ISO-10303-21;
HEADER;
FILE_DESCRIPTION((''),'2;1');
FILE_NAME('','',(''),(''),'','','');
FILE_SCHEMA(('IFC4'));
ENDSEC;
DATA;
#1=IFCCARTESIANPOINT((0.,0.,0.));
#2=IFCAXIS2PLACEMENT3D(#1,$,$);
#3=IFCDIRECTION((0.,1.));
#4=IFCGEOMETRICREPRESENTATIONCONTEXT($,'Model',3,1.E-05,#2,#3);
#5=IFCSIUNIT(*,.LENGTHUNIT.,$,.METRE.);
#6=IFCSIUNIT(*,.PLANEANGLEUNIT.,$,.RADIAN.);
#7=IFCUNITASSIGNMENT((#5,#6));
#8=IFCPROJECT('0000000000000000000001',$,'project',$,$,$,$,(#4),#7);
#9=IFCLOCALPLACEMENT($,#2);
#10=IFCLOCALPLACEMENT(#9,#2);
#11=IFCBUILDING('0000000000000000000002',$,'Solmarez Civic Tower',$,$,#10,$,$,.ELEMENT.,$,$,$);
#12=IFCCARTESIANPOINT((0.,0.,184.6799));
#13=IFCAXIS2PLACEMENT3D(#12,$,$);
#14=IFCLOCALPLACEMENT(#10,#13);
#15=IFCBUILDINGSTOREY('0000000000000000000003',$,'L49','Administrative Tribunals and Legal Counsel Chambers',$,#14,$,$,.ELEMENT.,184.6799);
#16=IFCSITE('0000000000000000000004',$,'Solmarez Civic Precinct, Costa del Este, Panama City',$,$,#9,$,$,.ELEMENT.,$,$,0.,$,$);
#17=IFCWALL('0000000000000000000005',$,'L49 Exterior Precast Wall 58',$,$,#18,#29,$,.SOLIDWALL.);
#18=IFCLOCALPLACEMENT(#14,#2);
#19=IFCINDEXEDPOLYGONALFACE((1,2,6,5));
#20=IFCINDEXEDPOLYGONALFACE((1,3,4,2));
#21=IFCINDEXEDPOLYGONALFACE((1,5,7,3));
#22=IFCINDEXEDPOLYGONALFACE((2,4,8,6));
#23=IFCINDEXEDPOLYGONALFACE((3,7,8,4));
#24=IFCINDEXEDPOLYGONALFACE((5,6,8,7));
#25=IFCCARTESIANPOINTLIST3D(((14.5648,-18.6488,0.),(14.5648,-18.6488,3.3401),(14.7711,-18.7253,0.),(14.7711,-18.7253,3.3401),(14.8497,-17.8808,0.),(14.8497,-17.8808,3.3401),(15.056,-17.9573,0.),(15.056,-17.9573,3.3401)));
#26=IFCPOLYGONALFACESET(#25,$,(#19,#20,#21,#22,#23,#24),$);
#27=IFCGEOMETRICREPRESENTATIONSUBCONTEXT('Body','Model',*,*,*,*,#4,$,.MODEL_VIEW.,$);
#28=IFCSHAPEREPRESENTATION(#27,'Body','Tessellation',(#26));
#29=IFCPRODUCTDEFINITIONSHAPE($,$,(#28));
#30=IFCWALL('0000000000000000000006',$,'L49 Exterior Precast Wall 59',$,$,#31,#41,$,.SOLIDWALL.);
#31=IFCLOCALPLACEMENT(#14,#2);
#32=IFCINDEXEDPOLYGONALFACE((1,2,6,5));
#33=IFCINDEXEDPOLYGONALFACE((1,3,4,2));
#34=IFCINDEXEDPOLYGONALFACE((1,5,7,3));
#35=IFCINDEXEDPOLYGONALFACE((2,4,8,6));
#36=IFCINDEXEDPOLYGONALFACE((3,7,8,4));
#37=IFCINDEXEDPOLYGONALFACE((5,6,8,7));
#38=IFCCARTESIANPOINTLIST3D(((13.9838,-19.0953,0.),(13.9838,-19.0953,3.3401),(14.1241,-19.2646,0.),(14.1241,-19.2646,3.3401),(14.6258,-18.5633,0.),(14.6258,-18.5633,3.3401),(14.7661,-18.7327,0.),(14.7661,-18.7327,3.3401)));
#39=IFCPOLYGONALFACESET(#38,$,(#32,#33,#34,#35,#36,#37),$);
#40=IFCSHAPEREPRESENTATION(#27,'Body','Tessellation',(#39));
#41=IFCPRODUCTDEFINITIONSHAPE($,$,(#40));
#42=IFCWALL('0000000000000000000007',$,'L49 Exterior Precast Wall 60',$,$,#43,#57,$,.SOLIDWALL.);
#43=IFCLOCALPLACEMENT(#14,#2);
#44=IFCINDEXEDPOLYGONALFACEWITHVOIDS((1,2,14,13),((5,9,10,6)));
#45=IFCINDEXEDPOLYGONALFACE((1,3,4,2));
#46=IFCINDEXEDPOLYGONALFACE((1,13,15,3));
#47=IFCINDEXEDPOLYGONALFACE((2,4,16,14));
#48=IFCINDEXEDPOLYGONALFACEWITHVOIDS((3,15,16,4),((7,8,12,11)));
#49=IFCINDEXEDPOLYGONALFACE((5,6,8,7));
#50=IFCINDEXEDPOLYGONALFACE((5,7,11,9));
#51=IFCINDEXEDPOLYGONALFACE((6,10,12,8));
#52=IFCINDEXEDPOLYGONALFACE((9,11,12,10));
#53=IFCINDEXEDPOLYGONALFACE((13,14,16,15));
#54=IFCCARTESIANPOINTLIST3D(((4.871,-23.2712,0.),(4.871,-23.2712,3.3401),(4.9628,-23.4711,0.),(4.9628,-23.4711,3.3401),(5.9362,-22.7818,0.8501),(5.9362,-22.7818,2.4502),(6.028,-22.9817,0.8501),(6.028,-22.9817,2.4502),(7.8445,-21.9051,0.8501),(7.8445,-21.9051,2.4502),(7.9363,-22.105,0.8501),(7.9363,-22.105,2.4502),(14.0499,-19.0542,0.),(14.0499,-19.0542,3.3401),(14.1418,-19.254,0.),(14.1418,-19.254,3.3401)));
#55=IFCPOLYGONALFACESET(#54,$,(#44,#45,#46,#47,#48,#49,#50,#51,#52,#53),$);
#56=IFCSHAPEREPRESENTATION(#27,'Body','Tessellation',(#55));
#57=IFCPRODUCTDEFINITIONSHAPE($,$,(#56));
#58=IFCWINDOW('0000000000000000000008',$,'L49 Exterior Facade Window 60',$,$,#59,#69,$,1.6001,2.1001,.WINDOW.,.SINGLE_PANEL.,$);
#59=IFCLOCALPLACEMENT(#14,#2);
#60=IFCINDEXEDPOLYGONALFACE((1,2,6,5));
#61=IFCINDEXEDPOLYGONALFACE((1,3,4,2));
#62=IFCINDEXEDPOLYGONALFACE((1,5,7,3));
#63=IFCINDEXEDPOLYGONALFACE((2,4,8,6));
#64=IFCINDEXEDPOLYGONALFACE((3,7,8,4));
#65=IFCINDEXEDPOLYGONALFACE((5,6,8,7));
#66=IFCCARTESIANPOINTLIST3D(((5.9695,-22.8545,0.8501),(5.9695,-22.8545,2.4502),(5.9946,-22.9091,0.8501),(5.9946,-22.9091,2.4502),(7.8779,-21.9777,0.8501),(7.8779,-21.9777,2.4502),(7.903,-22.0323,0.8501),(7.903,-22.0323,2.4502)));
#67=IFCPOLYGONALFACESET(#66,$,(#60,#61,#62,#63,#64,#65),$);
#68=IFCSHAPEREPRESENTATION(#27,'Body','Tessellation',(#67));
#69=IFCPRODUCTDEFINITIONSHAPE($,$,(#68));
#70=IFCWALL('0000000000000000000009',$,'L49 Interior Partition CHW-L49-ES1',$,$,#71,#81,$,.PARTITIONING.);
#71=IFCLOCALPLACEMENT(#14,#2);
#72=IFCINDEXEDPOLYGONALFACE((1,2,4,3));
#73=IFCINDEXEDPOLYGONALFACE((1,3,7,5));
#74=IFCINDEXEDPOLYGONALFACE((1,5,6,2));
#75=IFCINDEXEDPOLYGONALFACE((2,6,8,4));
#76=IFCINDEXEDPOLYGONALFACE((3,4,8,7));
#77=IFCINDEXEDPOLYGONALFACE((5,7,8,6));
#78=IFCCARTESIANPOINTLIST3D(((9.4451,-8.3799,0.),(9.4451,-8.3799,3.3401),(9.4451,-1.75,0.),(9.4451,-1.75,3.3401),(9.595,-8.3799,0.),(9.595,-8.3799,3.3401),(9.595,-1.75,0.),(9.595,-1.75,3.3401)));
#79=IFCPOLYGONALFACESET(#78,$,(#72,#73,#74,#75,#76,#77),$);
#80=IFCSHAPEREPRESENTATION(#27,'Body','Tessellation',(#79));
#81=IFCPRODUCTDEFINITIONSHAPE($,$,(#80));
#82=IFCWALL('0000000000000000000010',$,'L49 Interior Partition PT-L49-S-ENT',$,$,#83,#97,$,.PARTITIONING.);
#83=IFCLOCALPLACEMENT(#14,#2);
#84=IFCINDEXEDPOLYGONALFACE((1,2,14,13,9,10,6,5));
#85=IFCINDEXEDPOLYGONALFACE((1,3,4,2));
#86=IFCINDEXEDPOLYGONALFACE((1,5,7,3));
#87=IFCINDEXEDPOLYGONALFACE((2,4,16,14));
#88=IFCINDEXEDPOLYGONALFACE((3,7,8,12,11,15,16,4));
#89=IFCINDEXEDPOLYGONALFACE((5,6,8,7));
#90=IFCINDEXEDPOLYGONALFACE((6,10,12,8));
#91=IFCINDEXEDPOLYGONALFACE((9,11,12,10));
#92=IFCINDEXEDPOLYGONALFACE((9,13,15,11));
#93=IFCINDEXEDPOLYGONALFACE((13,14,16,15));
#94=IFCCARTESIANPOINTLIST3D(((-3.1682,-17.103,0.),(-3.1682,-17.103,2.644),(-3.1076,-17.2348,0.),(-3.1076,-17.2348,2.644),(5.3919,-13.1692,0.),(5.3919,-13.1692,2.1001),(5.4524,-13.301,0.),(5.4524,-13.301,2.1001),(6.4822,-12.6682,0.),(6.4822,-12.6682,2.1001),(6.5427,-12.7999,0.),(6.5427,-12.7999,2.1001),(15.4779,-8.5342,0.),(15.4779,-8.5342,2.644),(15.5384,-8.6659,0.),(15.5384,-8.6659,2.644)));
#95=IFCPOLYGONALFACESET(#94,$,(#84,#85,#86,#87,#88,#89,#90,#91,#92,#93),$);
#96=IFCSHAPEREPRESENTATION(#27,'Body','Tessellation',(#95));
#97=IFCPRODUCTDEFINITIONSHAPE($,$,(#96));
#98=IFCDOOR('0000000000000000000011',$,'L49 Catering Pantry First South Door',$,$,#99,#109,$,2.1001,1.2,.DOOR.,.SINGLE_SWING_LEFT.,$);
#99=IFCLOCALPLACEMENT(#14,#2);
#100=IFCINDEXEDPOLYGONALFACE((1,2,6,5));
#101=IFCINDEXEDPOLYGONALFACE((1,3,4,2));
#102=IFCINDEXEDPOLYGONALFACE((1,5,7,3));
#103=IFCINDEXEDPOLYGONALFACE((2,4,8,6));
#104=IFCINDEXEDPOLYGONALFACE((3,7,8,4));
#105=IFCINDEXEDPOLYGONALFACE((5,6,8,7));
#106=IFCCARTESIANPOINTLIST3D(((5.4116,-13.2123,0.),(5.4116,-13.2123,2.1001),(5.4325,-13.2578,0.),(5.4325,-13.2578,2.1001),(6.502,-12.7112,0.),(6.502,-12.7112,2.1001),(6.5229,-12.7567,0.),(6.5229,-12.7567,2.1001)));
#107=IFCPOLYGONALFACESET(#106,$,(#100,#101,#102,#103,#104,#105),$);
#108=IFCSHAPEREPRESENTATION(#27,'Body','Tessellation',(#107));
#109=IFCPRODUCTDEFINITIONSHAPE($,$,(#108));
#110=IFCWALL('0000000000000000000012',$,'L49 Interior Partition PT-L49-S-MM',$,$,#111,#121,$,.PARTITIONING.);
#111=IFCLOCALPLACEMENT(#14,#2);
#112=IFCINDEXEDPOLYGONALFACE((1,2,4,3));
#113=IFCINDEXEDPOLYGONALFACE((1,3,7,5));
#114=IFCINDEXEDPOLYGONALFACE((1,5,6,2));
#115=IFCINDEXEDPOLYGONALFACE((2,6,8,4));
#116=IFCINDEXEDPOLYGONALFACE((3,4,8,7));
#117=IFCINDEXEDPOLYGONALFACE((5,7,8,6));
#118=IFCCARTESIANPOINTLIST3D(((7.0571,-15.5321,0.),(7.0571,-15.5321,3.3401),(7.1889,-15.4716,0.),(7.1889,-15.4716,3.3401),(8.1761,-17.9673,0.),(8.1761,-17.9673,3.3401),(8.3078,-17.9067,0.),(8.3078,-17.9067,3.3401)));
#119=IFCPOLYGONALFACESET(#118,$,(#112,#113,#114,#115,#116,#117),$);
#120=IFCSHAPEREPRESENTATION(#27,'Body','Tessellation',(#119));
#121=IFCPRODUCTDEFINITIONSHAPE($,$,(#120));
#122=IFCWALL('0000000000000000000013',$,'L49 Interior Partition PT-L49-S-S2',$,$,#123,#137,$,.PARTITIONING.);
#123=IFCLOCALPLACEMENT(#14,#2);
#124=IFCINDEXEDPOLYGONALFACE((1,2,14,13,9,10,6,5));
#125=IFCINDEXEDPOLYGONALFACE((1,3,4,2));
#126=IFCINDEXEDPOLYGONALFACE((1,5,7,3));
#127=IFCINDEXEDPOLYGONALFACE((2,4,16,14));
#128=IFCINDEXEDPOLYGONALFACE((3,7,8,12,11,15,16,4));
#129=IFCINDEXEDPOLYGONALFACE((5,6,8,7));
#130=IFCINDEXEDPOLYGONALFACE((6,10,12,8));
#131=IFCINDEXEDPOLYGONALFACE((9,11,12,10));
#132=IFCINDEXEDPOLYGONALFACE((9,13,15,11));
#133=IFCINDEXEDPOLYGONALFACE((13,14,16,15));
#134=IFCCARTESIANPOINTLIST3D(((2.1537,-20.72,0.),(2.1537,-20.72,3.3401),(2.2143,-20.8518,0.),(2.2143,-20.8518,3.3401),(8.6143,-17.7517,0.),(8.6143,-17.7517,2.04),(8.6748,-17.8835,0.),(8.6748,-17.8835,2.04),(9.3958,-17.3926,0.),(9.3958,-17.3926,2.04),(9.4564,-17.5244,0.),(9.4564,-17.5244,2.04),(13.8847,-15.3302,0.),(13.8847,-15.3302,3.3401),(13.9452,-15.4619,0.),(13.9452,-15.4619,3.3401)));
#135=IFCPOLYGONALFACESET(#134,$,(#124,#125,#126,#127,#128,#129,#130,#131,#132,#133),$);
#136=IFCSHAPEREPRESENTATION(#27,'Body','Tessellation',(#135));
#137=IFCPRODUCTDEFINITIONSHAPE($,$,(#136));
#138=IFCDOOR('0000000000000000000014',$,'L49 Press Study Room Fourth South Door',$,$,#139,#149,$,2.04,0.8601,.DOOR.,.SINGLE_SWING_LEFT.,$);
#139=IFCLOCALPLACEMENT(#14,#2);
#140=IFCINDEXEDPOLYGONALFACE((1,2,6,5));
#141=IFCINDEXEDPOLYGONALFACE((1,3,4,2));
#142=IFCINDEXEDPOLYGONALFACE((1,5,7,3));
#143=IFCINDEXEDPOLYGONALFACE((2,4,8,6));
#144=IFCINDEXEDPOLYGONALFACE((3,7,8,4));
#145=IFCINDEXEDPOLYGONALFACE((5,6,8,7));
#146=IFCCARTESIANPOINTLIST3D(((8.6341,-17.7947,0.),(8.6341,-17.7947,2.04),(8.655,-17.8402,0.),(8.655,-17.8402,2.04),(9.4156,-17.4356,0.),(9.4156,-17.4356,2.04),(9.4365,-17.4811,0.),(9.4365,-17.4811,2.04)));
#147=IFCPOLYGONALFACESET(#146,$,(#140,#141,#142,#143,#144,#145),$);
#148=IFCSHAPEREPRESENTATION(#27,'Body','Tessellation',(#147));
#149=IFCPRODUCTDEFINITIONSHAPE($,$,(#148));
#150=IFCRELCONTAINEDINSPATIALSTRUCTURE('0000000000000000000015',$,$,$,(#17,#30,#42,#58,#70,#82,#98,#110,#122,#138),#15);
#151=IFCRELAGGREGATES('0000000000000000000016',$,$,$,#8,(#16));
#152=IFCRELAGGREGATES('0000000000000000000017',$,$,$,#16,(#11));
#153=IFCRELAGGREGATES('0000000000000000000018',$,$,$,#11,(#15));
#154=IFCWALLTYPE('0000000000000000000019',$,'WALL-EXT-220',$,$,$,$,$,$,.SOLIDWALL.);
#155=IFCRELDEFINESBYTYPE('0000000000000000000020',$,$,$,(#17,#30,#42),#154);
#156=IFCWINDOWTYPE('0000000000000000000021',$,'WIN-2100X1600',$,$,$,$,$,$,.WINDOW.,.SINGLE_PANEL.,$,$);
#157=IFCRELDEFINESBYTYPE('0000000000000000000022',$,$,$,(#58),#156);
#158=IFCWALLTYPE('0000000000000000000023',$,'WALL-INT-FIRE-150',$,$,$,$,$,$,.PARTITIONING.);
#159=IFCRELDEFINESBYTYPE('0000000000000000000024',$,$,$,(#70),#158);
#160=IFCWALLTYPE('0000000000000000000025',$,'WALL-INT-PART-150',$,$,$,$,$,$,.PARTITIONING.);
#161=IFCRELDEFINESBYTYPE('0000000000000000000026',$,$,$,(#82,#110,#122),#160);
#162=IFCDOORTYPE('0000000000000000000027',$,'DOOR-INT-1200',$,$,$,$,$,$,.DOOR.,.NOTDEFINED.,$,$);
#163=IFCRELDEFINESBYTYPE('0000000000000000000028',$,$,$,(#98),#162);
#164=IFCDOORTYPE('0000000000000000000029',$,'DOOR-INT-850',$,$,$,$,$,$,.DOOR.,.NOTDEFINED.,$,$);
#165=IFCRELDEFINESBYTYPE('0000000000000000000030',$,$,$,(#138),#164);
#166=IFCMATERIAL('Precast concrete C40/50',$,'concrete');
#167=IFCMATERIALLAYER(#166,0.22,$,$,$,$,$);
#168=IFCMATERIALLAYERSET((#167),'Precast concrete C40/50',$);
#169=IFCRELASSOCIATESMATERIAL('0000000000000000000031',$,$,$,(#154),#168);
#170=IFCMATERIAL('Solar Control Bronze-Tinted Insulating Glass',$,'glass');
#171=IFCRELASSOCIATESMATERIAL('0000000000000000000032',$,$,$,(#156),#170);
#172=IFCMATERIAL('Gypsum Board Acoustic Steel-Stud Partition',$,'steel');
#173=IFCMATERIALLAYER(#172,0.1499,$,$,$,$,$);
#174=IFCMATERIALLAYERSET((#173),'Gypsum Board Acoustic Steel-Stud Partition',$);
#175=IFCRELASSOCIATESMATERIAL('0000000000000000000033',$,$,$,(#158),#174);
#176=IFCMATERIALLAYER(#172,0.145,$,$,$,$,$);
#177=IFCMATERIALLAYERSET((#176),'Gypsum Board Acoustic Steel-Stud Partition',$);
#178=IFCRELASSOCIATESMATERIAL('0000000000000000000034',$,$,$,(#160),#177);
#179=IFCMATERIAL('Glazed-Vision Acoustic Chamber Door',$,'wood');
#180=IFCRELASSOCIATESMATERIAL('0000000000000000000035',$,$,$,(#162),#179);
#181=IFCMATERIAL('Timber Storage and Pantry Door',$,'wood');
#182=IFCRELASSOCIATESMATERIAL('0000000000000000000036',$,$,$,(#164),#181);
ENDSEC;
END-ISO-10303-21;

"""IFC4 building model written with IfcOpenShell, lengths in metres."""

from ifc_helpers import new_model, si_unit, direction, frame, frame_2d, origin, place, context, subcontext, project, spatial, rectangle, extrude, material, layer, layer_set, type_object, element, fill, save


model = new_model("IFC4")

# Units and contexts
model_context = context("Model", 3, precision=1e-05, world=origin(), true_north=direction((0.0, 1.0)))
body_context = subcontext(model_context, "Body", "Model", "MODEL_VIEW")
ifc_project = project(units=[si_unit("LENGTHUNIT", "METRE"), si_unit("PLANEANGLEUNIT", "RADIAN")], contexts=[model_context])

# Site, building, storey
site_placement = place(None, origin())
site = spatial("IfcSite", under=ifc_project, at=site_placement, Name="Solmarez Civic Precinct, Costa del Este, Panama City", CompositionType="ELEMENT", RefElevation=0.0)
building_placement = place(site_placement, origin())
building = spatial("IfcBuilding", under=site, at=building_placement, Name="Solmarez Civic Tower", CompositionType="ELEMENT")
storey_placement = place(building_placement, frame((0.0, 0.0, 184.6799)))
storey = spatial("IfcBuildingStorey", under=building, at=storey_placement, Name="L49", Description="Administrative Tribunals and Legal Counsel Chambers", CompositionType="ELEMENT", Elevation=184.6799)

# Walls
ifc_material_1 = material(Name="Precast concrete C40/50", Category="concrete")
ifc_layer_1 = layer(ifc_material_1, 0.22)
ifc_layer_set_1 = layer_set([ifc_layer_1], Name="Precast concrete C40/50")
wall_type_1 = type_object("IfcWallType", Name="WALL-EXT-220", PredefinedType="SOLIDWALL", material=ifc_layer_set_1)
wall_1_placement = place(storey_placement, frame((14.9529, -17.9189, 0.0), z_axis=(0.0, 0.0, 1.0), x_axis=(-0.34779, -0.937572, 0.0)))
element("IfcWall", 1, at=wall_1_placement, inside=storey, type_object=wall_type_1, Name="L49 Exterior Precast Wall 58", PredefinedType="SOLIDWALL", context=body_context, shape_type="SweptSolid", body=[
    extrude(rectangle(XDim=0.8191, YDim=0.22, at=frame_2d((0.4097, 0.0))), origin(), (0.0, 0.0, 1.0), 3.3401),
])
wall_2_placement = place(storey_placement, frame((14.696, -18.6479, 0.0), z_axis=(0.0, 0.0, 1.0), x_axis=(-0.770042, -0.637993, 0.0)))
element("IfcWall", 2, at=wall_2_placement, inside=storey, type_object=wall_type_1, Name="L49 Exterior Precast Wall 59", PredefinedType="SOLIDWALL", context=body_context, shape_type="SweptSolid", body=[
    extrude(rectangle(XDim=0.8337, YDim=0.22, at=frame_2d((0.417, 0.0))), origin(), (0.0, 0.0, 1.0), 3.3401),
])

# Wall, opening, window
wall_3_placement = place(storey_placement, frame((14.0959, -19.1541, 0.0), z_axis=(0.0, 0.0, 1.0), x_axis=(-0.908689, -0.417474, 0.0)))
wall_3 = element("IfcWall", 3, at=wall_3_placement, inside=storey, type_object=wall_type_1, Name="L49 Exterior Precast Wall 60", PredefinedType="SOLIDWALL", context=body_context, shape_type="SweptSolid", body=[
    extrude(rectangle(XDim=10.1013, YDim=0.22, at=frame_2d((5.0508, 0.0))), origin(), (0.0, 0.0, 1.0), 3.3401),
])
opening_1_placement = place(wall_3_placement, frame((6.8291, 0.0, 0.8501)))
opening_1 = element("IfcOpeningElement", 4, at=opening_1_placement, cuts=wall_3, PredefinedType="OPENING", context=body_context, shape_type="SweptSolid", body=[
    extrude(rectangle(XDim=2.1001, YDim=1.6001, at=frame_2d((1.05, 0.8))), frame((0.0, 0.1199, 0.0), z_axis=(0.0, -1.0, 0.0), x_axis=(1.0, 0.0, 0.0)), (0.0, 0.0, 1.0), 0.24),
])
ifc_material_2 = material(Name="Solar Control Bronze-Tinted Insulating Glass", Category="glass")
window_type = type_object("IfcWindowType", Name="WIN-2100X1600", PartitioningType="SINGLE_PANEL", PredefinedType="WINDOW", material=ifc_material_2)
window_placement = place(opening_1_placement, origin())
window = element("IfcWindow", 5, at=window_placement, inside=storey, type_object=window_type, Name="L49 Exterior Facade Window 60", OverallHeight=1.6001, OverallWidth=2.1001, PartitioningType="SINGLE_PANEL", PredefinedType="WINDOW", context=body_context, shape_type="SweptSolid", body=[
    extrude(rectangle(XDim=2.1001, YDim=1.6001, at=frame_2d((1.05, 0.8))), frame((0.0, 0.03, 0.0), z_axis=(0.0, -1.0, 0.0), x_axis=(1.0, 0.0, 0.0)), (0.0, 0.0, 1.0), 0.0601),
])
fill(opening_1, window)

# Wall
ifc_material_3 = material(Name="Gypsum Board Acoustic Steel-Stud Partition", Category="steel")
ifc_layer_2 = layer(ifc_material_3, 0.1499)
ifc_layer_set_2 = layer_set([ifc_layer_2], Name="Gypsum Board Acoustic Steel-Stud Partition")
wall_type_2 = type_object("IfcWallType", Name="WALL-INT-FIRE-150", PredefinedType="PARTITIONING", material=ifc_layer_set_2)
wall_4_placement = place(storey_placement, frame((9.52, -8.3799, 0.0), z_axis=(0.0, 0.0, 1.0), x_axis=(0.0, 1.0, 0.0)))
element("IfcWall", 6, at=wall_4_placement, inside=storey, type_object=wall_type_2, Name="L49 Interior Partition CHW-L49-ES1", PredefinedType="PARTITIONING", context=body_context, shape_type="SweptSolid", body=[
    extrude(rectangle(XDim=6.6299, YDim=0.1499, at=frame_2d((3.3149, 0.0))), origin(), (0.0, 0.0, 1.0), 3.3401),
])

# Wall, opening, door
ifc_layer_3 = layer(ifc_material_3, 0.145)
ifc_layer_set_3 = layer_set([ifc_layer_3], Name="Gypsum Board Acoustic Steel-Stud Partition")
wall_type_3 = type_object("IfcWallType", Name="WALL-INT-PART-150", PredefinedType="PARTITIONING", material=ifc_layer_set_3)
wall_5_placement = place(storey_placement, frame((15.5081, -8.6001, 0.0), z_axis=(0.0, 0.0, 1.0), x_axis=(-0.908644, -0.417571, 0.0)))
wall_5 = element("IfcWall", 7, at=wall_5_placement, inside=storey, type_object=wall_type_3, Name="L49 Interior Partition PT-L49-S-ENT", PredefinedType="PARTITIONING", context=body_context, shape_type="SweptSolid", body=[
    extrude(rectangle(XDim=20.5208, YDim=0.145, at=frame_2d((10.2603, 0.0))), origin(), (0.0, 0.0, 1.0), 2.644),
])
opening_2_placement = place(wall_5_placement, frame((9.8999, 0.0, 0.0)))
opening_2 = element("IfcOpeningElement", 8, at=opening_2_placement, cuts=wall_5, PredefinedType="OPENING", context=body_context, shape_type="SweptSolid", body=[
    extrude(rectangle(XDim=1.2, YDim=2.1001, at=frame_2d((0.6001, 1.05))), frame((0.0, 0.0825, 0.0), z_axis=(0.0, -1.0, 0.0), x_axis=(1.0, 0.0, 0.0)), (0.0, 0.0, 1.0), 0.165),
])
ifc_material_4 = material(Name="Glazed-Vision Acoustic Chamber Door", Category="wood")
door_type_1 = type_object("IfcDoorType", Name="DOOR-INT-1200", OperationType="NOTDEFINED", PredefinedType="DOOR", material=ifc_material_4)
door_1_placement = place(opening_2_placement, origin())
door_1 = element("IfcDoor", 9, at=door_1_placement, inside=storey, type_object=door_type_1, Name="L49 Catering Pantry First South Door", OperationType="SINGLE_SWING_LEFT", OverallHeight=2.1001, OverallWidth=1.2, PredefinedType="DOOR", context=body_context, shape_type="SweptSolid", body=[
    extrude(rectangle(XDim=1.2, YDim=2.1001, at=frame_2d((0.6001, 1.05))), frame((0.0, 0.0249, 0.0), z_axis=(0.0, -1.0, 0.0), x_axis=(1.0, 0.0, 0.0)), (0.0, 0.0, 1.0), 0.05),
])
fill(opening_2, door_1)

# Wall
wall_6_placement = place(storey_placement, frame((7.123, -15.502, 0.0), z_axis=(0.0, 0.0, 1.0), x_axis=(0.417527, -0.908665, 0.0)))
element("IfcWall", 10, at=wall_6_placement, inside=storey, type_object=wall_type_3, Name="L49 Interior Partition PT-L49-S-MM", PredefinedType="PARTITIONING", context=body_context, shape_type="SweptSolid", body=[
    extrude(rectangle(XDim=2.6799, YDim=0.145, at=frame_2d((1.3398, 0.0))), origin(), (0.0, 0.0, 1.0), 3.3401),
])

# Wall, opening, door
wall_7_placement = place(storey_placement, frame((13.915, -15.396, 0.0), z_axis=(0.0, 0.0, 1.0), x_axis=(-0.908677, -0.4175, 0.0)))
wall_7 = element("IfcWall", 11, at=wall_7_placement, inside=storey, type_object=wall_type_3, Name="L49 Interior Partition PT-L49-S-S2", PredefinedType="PARTITIONING", context=body_context, shape_type="SweptSolid", body=[
    extrude(rectangle(XDim=12.9099, YDim=0.145, at=frame_2d((6.4551, 0.0))), origin(), (0.0, 0.0, 1.0), 3.3401),
])
opening_3_placement = place(wall_7_placement, frame((4.9399, 0.0, 0.0)))
opening_3 = element("IfcOpeningElement", 12, at=opening_3_placement, cuts=wall_7, PredefinedType="OPENING", context=body_context, shape_type="SweptSolid", body=[
    extrude(rectangle(XDim=0.8601, YDim=2.04, at=frame_2d((0.4302, 1.02))), frame((0.0, 0.0825, 0.0), z_axis=(0.0, -1.0, 0.0), x_axis=(1.0, 0.0, 0.0)), (0.0, 0.0, 1.0), 0.165),
])
ifc_material_5 = material(Name="Timber Storage and Pantry Door", Category="wood")
door_type_2 = type_object("IfcDoorType", Name="DOOR-INT-850", OperationType="NOTDEFINED", PredefinedType="DOOR", material=ifc_material_5)
door_2_placement = place(opening_3_placement, origin())
door_2 = element("IfcDoor", 13, at=door_2_placement, inside=storey, type_object=door_type_2, Name="L49 Press Study Room Fourth South Door", OperationType="SINGLE_SWING_LEFT", OverallHeight=2.04, OverallWidth=0.8601, PredefinedType="DOOR", context=body_context, shape_type="SweptSolid", body=[
    extrude(rectangle(XDim=0.8601, YDim=2.04, at=frame_2d((0.4302, 1.02))), frame((0.0, 0.0249, 0.0), z_axis=(0.0, -1.0, 0.0), x_axis=(1.0, 0.0, 0.0)), (0.0, 0.0, 1.0), 0.05),
])
fill(opening_3, door_2)

save(model, "model.ifc")
